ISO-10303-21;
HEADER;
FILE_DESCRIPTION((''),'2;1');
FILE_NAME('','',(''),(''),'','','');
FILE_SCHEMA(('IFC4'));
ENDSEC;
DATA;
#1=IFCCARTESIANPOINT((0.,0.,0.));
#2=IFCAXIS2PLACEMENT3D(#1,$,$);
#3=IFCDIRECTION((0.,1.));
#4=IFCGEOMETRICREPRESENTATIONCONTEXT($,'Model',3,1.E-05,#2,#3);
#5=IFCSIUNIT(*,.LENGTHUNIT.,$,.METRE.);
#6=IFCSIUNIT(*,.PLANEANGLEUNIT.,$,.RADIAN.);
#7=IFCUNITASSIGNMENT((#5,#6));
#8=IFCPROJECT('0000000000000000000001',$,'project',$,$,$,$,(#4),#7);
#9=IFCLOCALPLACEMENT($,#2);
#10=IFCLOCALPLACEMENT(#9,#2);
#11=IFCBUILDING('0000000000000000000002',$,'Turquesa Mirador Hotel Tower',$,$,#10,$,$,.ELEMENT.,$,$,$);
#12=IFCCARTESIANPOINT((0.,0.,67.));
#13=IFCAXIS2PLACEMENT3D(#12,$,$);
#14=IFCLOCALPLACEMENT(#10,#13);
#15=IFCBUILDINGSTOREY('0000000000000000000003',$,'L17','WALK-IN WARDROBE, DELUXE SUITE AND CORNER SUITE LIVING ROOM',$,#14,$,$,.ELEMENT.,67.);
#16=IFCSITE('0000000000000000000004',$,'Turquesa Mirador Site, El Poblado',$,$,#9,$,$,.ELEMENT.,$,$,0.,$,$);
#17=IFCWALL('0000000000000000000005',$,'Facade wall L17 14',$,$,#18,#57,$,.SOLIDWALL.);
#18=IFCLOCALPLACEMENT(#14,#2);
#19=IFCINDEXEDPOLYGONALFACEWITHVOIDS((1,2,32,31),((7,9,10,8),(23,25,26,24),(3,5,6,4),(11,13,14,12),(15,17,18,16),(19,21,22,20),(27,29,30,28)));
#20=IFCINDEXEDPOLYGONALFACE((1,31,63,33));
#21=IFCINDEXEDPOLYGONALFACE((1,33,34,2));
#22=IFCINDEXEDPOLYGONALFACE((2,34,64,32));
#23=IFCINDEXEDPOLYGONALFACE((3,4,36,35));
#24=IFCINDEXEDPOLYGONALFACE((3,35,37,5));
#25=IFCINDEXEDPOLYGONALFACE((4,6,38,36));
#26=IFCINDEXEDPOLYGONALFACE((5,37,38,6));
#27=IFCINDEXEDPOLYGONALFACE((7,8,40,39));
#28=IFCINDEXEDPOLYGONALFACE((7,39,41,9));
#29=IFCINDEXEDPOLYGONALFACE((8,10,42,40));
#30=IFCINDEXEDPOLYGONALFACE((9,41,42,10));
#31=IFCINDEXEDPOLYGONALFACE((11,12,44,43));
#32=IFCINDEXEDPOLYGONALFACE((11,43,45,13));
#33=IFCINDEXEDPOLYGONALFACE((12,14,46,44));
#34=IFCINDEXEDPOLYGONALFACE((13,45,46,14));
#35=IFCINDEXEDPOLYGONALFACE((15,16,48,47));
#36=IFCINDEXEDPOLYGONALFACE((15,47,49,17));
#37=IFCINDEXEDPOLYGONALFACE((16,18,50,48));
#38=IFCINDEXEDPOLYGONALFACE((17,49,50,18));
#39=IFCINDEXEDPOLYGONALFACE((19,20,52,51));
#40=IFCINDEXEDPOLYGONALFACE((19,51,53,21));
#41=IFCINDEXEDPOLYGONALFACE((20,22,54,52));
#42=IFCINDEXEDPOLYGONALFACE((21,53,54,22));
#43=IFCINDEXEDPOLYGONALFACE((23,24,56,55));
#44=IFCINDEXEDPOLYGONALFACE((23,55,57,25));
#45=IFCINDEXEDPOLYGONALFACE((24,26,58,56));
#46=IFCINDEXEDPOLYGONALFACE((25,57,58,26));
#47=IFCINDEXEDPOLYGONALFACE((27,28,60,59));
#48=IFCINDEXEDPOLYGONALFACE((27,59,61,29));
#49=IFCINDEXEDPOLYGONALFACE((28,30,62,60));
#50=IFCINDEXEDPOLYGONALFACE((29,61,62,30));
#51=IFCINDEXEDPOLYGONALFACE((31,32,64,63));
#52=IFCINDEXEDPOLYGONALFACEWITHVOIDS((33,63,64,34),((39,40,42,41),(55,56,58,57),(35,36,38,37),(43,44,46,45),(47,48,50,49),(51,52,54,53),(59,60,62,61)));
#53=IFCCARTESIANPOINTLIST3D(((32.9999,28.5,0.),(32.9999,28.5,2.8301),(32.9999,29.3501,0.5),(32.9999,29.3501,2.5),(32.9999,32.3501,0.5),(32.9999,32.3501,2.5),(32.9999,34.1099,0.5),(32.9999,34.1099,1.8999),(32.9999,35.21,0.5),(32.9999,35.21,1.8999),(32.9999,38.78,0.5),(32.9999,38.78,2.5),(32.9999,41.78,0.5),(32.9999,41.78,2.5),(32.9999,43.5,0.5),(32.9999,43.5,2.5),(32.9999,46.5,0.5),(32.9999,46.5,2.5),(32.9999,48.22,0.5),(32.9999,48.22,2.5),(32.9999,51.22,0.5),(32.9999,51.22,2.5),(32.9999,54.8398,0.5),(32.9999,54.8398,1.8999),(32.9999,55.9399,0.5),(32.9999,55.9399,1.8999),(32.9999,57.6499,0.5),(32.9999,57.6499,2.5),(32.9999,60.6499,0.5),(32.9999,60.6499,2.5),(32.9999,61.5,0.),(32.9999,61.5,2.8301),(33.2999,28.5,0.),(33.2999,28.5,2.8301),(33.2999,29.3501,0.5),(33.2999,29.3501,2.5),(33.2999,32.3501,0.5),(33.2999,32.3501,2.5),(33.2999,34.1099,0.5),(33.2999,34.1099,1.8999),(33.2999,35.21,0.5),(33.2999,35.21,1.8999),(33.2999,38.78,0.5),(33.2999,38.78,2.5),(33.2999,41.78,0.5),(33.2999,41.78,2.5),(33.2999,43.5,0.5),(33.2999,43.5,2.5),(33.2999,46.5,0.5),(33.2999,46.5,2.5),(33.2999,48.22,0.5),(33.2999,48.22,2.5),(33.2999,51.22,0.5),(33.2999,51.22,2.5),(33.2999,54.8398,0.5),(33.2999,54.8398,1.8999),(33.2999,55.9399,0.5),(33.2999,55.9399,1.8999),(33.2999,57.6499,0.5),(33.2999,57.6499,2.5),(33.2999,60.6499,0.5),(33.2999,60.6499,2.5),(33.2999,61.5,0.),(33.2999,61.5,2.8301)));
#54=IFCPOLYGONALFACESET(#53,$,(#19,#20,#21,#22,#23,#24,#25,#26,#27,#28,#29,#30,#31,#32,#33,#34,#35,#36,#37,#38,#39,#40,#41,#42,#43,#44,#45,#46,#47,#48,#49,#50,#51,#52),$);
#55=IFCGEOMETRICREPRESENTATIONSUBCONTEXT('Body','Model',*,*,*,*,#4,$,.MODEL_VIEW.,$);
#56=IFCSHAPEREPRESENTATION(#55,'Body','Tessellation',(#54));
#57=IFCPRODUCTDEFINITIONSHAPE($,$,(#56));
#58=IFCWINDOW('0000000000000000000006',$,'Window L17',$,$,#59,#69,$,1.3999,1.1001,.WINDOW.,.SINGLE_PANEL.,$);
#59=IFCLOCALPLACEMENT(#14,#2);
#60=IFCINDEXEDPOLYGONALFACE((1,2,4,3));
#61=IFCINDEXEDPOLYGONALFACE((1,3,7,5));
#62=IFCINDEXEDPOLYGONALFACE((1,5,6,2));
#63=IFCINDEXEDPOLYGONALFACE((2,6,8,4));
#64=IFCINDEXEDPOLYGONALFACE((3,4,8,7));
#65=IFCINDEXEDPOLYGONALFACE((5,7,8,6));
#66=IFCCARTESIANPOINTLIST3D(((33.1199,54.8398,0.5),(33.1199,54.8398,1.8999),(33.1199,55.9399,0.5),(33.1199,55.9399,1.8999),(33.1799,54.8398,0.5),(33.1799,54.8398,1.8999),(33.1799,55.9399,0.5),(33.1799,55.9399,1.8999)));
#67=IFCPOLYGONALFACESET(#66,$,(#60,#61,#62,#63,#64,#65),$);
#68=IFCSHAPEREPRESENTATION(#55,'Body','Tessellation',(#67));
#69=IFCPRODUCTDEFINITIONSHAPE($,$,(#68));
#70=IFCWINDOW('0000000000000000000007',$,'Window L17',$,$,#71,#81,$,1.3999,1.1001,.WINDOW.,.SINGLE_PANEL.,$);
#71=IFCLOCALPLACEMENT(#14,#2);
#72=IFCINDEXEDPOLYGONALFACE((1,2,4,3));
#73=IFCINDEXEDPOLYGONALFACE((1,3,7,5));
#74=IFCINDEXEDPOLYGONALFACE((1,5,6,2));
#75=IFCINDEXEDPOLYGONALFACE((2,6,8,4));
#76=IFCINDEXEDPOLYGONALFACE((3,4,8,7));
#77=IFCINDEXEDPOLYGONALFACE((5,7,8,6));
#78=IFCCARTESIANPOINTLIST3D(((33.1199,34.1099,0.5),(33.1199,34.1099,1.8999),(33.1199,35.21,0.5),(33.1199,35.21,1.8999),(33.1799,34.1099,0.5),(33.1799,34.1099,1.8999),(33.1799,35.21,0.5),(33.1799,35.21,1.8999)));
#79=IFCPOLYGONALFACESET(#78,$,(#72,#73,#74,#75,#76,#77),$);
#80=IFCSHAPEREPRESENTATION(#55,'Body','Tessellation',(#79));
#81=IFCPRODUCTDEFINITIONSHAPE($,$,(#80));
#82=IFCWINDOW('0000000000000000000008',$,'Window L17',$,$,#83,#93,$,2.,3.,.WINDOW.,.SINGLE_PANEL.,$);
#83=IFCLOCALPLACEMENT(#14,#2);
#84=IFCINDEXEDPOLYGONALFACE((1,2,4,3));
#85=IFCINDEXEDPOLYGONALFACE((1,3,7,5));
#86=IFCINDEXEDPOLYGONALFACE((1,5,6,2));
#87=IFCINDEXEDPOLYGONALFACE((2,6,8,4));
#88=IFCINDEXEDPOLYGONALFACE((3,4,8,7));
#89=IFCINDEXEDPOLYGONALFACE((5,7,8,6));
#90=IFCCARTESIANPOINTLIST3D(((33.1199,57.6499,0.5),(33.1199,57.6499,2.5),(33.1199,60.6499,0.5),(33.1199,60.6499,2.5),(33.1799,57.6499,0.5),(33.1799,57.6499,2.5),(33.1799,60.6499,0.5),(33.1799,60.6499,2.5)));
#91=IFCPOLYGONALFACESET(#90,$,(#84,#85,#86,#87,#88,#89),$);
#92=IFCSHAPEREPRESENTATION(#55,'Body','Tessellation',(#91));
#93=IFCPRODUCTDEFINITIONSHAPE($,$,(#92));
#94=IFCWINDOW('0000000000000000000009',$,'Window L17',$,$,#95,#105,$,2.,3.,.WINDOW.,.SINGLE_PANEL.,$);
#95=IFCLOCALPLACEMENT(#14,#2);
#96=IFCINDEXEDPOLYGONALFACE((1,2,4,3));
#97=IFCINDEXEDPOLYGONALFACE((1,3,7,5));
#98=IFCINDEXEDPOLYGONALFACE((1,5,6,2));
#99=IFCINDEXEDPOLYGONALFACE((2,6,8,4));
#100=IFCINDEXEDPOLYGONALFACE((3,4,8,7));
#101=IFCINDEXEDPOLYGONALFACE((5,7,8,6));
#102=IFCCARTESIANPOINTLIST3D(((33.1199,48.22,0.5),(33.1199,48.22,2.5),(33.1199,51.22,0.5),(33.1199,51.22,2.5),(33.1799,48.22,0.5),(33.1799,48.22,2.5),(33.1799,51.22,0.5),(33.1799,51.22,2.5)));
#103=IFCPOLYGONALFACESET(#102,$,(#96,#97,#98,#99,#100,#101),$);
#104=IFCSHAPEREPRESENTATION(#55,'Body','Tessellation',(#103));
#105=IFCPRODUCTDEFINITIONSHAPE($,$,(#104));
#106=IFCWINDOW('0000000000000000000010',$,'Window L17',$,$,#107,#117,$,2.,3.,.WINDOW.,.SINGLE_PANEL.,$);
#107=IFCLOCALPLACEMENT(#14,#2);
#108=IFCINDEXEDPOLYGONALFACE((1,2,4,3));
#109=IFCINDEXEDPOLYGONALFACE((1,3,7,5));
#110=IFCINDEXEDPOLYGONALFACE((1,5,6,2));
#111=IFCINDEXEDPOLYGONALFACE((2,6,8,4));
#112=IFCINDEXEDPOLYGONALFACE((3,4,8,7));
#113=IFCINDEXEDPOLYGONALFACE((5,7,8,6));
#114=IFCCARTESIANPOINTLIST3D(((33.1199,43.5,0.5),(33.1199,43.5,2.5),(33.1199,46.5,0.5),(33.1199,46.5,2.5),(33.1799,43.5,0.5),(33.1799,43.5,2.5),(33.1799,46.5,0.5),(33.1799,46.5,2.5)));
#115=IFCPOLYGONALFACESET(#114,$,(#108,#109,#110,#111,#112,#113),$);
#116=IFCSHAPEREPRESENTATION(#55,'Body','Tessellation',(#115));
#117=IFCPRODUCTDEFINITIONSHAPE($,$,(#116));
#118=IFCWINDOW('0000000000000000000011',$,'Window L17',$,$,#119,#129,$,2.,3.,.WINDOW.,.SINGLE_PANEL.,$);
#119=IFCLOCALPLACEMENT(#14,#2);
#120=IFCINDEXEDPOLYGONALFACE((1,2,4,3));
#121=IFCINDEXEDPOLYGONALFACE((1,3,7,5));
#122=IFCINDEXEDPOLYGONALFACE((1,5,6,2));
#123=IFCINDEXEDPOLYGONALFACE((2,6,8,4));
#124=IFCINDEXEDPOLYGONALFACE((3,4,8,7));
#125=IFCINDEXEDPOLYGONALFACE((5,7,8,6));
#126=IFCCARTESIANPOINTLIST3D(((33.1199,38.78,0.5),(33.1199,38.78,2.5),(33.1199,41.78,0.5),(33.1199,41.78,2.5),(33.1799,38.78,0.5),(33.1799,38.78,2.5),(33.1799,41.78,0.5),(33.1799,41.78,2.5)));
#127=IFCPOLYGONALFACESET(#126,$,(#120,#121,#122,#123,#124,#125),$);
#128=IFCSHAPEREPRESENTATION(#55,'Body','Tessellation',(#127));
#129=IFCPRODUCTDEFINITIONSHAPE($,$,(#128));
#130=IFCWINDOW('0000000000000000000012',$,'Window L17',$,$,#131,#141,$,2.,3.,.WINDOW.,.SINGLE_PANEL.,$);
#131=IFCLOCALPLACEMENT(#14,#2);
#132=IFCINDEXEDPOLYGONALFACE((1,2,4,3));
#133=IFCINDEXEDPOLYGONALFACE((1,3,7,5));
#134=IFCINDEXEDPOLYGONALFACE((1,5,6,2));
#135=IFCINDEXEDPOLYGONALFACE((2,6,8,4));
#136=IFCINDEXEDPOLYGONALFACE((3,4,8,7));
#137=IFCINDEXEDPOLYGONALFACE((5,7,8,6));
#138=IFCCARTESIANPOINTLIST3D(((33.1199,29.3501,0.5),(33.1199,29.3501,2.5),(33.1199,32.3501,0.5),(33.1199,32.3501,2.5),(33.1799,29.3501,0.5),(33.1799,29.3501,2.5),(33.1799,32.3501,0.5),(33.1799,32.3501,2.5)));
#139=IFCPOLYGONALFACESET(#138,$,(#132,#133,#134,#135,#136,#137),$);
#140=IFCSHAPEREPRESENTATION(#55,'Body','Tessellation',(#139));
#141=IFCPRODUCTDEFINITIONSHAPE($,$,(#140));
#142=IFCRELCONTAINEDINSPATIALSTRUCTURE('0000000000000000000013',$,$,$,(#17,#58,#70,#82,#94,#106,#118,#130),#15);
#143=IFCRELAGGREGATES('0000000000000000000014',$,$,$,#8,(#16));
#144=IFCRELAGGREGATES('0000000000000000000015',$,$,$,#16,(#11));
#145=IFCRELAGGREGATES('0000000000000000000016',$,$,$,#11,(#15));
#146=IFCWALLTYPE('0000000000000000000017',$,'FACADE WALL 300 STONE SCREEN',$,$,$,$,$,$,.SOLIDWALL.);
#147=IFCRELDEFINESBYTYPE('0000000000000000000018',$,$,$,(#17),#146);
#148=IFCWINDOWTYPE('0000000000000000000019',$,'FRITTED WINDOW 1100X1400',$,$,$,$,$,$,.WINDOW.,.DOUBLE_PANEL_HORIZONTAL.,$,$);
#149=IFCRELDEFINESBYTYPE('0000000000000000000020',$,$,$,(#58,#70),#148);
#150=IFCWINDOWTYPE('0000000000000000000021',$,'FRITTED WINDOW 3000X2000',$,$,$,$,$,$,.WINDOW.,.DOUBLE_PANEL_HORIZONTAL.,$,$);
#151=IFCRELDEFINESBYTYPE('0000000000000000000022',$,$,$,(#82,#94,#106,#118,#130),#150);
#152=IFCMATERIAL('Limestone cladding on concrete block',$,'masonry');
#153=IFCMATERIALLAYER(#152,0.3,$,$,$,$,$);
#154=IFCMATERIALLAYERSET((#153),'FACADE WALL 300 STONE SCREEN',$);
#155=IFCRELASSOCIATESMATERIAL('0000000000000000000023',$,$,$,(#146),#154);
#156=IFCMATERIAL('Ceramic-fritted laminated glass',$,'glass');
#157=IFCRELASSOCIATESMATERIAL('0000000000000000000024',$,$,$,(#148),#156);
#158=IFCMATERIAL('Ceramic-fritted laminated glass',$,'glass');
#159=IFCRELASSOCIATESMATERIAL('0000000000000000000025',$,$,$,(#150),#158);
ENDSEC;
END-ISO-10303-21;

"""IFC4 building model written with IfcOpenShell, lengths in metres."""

from ifc_helpers import new_model, si_unit, direction, frame, frame_2d, origin, place, context, subcontext, project, spatial, rectangle, extrude, material, layer, layer_set, type_object, element, fill, save


model = new_model("IFC4")

# Units and contexts
model_context = context("Model", 3, precision=1e-05, world=origin(), true_north=direction((0.0, 1.0)))
body_context = subcontext(model_context, "Body", "Model", "MODEL_VIEW")
ifc_project = project(units=[si_unit("LENGTHUNIT", "METRE"), si_unit("PLANEANGLEUNIT", "RADIAN")], contexts=[model_context])

# Site, building, storey
site_placement = place(None, origin())
site = spatial("IfcSite", under=ifc_project, at=site_placement, Name="Turquesa Mirador Site, El Poblado", CompositionType="ELEMENT", RefElevation=0.0)
building_placement = place(site_placement, origin())
building = spatial("IfcBuilding", under=site, at=building_placement, Name="Turquesa Mirador Hotel Tower", CompositionType="ELEMENT")
storey_placement = place(building_placement, frame((0.0, 0.0, 67.0)))
storey = spatial("IfcBuildingStorey", under=building, at=storey_placement, Name="L17", Description="WALK-IN WARDROBE, DELUXE SUITE AND CORNER SUITE LIVING ROOM", CompositionType="ELEMENT", Elevation=67.0)

# Shared definitions
ifc_material_1 = material(Name="Limestone cladding on concrete block", Category="masonry")
ifc_layer_1 = layer(ifc_material_1, 0.3)
ifc_layer_set_1 = layer_set([ifc_layer_1], Name="FACADE WALL 300 STONE SCREEN")
wall_type_1 = type_object("IfcWallType", Name="FACADE WALL 300 STONE SCREEN", PredefinedType="SOLIDWALL", material=ifc_layer_set_1)

# Wall, openings, windows
wall_1_placement = place(storey_placement, frame((33.1499, 61.5, 0.0), z_axis=(0.0, 0.0, 1.0), x_axis=(0.0, -1.0, 0.0)))
wall_1 = element("IfcWall", 1, at=wall_1_placement, inside=storey, type_object=wall_type_1, Name="Facade wall L17 14", PredefinedType="SOLIDWALL", context=body_context, shape_type="SweptSolid", body=[
    extrude(rectangle(XDim=33.0, YDim=0.3, at=frame_2d((16.5, 0.0))), origin(), (0.0, 0.0, 1.0), 2.8301),
])
opening_1_placement = place(wall_1_placement, frame((0.8501, 0.0, 0.5)))
opening_1 = element("IfcOpeningElement", 2, at=opening_1_placement, cuts=wall_1, PredefinedType="OPENING", context=body_context, shape_type="SweptSolid", body=[
    extrude(rectangle(XDim=3.0, YDim=2.0, at=frame_2d((1.5, 1.0))), frame((0.0, 0.1599, 0.0), z_axis=(0.0, -1.0, 0.0), x_axis=(1.0, 0.0, 0.0)), (0.0, 0.0, 1.0), 0.3201),
])
opening_2_placement = place(wall_1_placement, frame((5.5601, 0.0, 0.5)))
opening_2 = element("IfcOpeningElement", 3, at=opening_2_placement, cuts=wall_1, PredefinedType="OPENING", context=body_context, shape_type="SweptSolid", body=[
    extrude(rectangle(XDim=1.1001, YDim=1.3999, at=frame_2d((0.55, 0.7))), frame((0.0, 0.1599, 0.0), z_axis=(0.0, -1.0, 0.0), x_axis=(1.0, 0.0, 0.0)), (0.0, 0.0, 1.0), 0.3201),
])
opening_3_placement = place(wall_1_placement, frame((10.28, 0.0, 0.5)))
opening_3 = element("IfcOpeningElement", 4, at=opening_3_placement, cuts=wall_1, PredefinedType="OPENING", context=body_context, shape_type="SweptSolid", body=[
    extrude(rectangle(XDim=3.0, YDim=2.0, at=frame_2d((1.5, 1.0))), frame((0.0, 0.1599, 0.0), z_axis=(0.0, -1.0, 0.0), x_axis=(1.0, 0.0, 0.0)), (0.0, 0.0, 1.0), 0.3201),
])
opening_4_placement = place(wall_1_placement, frame((15.0, 0.0, 0.5)))
opening_4 = element("IfcOpeningElement", 5, at=opening_4_placement, cuts=wall_1, PredefinedType="OPENING", context=body_context, shape_type="SweptSolid", body=[
    extrude(rectangle(XDim=3.0, YDim=2.0, at=frame_2d((1.5, 1.0))), frame((0.0, 0.1599, 0.0), z_axis=(0.0, -1.0, 0.0), x_axis=(1.0, 0.0, 0.0)), (0.0, 0.0, 1.0), 0.3201),
])
opening_5_placement = place(wall_1_placement, frame((19.72, 0.0, 0.5)))
opening_5 = element("IfcOpeningElement", 6, at=opening_5_placement, cuts=wall_1, PredefinedType="OPENING", context=body_context, shape_type="SweptSolid", body=[
    extrude(rectangle(XDim=3.0, YDim=2.0, at=frame_2d((1.5, 1.0))), frame((0.0, 0.1599, 0.0), z_axis=(0.0, -1.0, 0.0), x_axis=(1.0, 0.0, 0.0)), (0.0, 0.0, 1.0), 0.3201),
])
opening_6_placement = place(wall_1_placement, frame((26.29, 0.0, 0.5)))
opening_6 = element("IfcOpeningElement", 7, at=opening_6_placement, cuts=wall_1, PredefinedType="OPENING", context=body_context, shape_type="SweptSolid", body=[
    extrude(rectangle(XDim=1.1001, YDim=1.3999, at=frame_2d((0.55, 0.7))), frame((0.0, 0.1599, 0.0), z_axis=(0.0, -1.0, 0.0), x_axis=(1.0, 0.0, 0.0)), (0.0, 0.0, 1.0), 0.3201),
])
opening_7_placement = place(wall_1_placement, frame((29.1499, 0.0, 0.5)))
opening_7 = element("IfcOpeningElement", 8, at=opening_7_placement, cuts=wall_1, PredefinedType="OPENING", context=body_context, shape_type="SweptSolid", body=[
    extrude(rectangle(XDim=3.0, YDim=2.0, at=frame_2d((1.5, 1.0))), frame((0.0, 0.1599, 0.0), z_axis=(0.0, -1.0, 0.0), x_axis=(1.0, 0.0, 0.0)), (0.0, 0.0, 1.0), 0.3201),
])
ifc_material_2 = material(Name="Ceramic-fritted laminated glass", Category="glass")
window_type_1 = type_object("IfcWindowType", Name="FRITTED WINDOW 1100X1400", PartitioningType="DOUBLE_PANEL_HORIZONTAL", PredefinedType="WINDOW", material=ifc_material_2)
window_1_placement = place(opening_2_placement, origin())
window_1 = element("IfcWindow", 9, at=window_1_placement, inside=storey, type_object=window_type_1, Name="Window L17", OverallHeight=1.3999, OverallWidth=1.1001, PartitioningType="SINGLE_PANEL", PredefinedType="WINDOW", context=body_context, shape_type="SweptSolid", body=[
    extrude(rectangle(XDim=1.1001, YDim=1.3999, at=frame_2d((0.55, 0.7))), frame((0.0, 0.03, 0.0), z_axis=(0.0, -1.0, 0.0), x_axis=(1.0, 0.0, 0.0)), (0.0, 0.0, 1.0), 0.0601),
])
fill(opening_2, window_1)
window_2_placement = place(opening_6_placement, origin())
window_2 = element("IfcWindow", 10, at=window_2_placement, inside=storey, type_object=window_type_1, Name="Window L17", OverallHeight=1.3999, OverallWidth=1.1001, PartitioningType="SINGLE_PANEL", PredefinedType="WINDOW", context=body_context, shape_type="SweptSolid", body=[
    extrude(rectangle(XDim=1.1001, YDim=1.3999, at=frame_2d((0.55, 0.7))), frame((0.0, 0.03, 0.0), z_axis=(0.0, -1.0, 0.0), x_axis=(1.0, 0.0, 0.0)), (0.0, 0.0, 1.0), 0.0601),
])
fill(opening_6, window_2)
ifc_material_3 = material(Name="Ceramic-fritted laminated glass", Category="glass")
window_type_2 = type_object("IfcWindowType", Name="FRITTED WINDOW 3000X2000", PartitioningType="DOUBLE_PANEL_HORIZONTAL", PredefinedType="WINDOW", material=ifc_material_3)
window_3_placement = place(opening_1_placement, origin())
window_3 = element("IfcWindow", 11, at=window_3_placement, inside=storey, type_object=window_type_2, Name="Window L17", OverallHeight=2.0, OverallWidth=3.0, PartitioningType="SINGLE_PANEL", PredefinedType="WINDOW", context=body_context, shape_type="SweptSolid", body=[
    extrude(rectangle(XDim=3.0, YDim=2.0, at=frame_2d((1.5, 1.0))), frame((0.0, 0.03, 0.0), z_axis=(0.0, -1.0, 0.0), x_axis=(1.0, 0.0, 0.0)), (0.0, 0.0, 1.0), 0.0601),
])
fill(opening_1, window_3)
window_4_placement = place(opening_3_placement, origin())
window_4 = element("IfcWindow", 12, at=window_4_placement, inside=storey, type_object=window_type_2, Name="Window L17", OverallHeight=2.0, OverallWidth=3.0, PartitioningType="SINGLE_PANEL", PredefinedType="WINDOW", context=body_context, shape_type="SweptSolid", body=[
    extrude(rectangle(XDim=3.0, YDim=2.0, at=frame_2d((1.5, 1.0))), frame((0.0, 0.03, 0.0), z_axis=(0.0, -1.0, 0.0), x_axis=(1.0, 0.0, 0.0)), (0.0, 0.0, 1.0), 0.0601),
])
fill(opening_3, window_4)
window_5_placement = place(opening_4_placement, origin())
window_5 = element("IfcWindow", 13, at=window_5_placement, inside=storey, type_object=window_type_2, Name="Window L17", OverallHeight=2.0, OverallWidth=3.0, PartitioningType="SINGLE_PANEL", PredefinedType="WINDOW", context=body_context, shape_type="SweptSolid", body=[
    extrude(rectangle(XDim=3.0, YDim=2.0, at=frame_2d((1.5, 1.0))), frame((0.0, 0.03, 0.0), z_axis=(0.0, -1.0, 0.0), x_axis=(1.0, 0.0, 0.0)), (0.0, 0.0, 1.0), 0.0601),
])
fill(opening_4, window_5)
window_6_placement = place(opening_5_placement, origin())
window_6 = element("IfcWindow", 14, at=window_6_placement, inside=storey, type_object=window_type_2, Name="Window L17", OverallHeight=2.0, OverallWidth=3.0, PartitioningType="SINGLE_PANEL", PredefinedType="WINDOW", context=body_context, shape_type="SweptSolid", body=[
    extrude(rectangle(XDim=3.0, YDim=2.0, at=frame_2d((1.5, 1.0))), frame((0.0, 0.03, 0.0), z_axis=(0.0, -1.0, 0.0), x_axis=(1.0, 0.0, 0.0)), (0.0, 0.0, 1.0), 0.0601),
])
fill(opening_5, window_6)
window_7_placement = place(opening_7_placement, origin())
window_7 = element("IfcWindow", 15, at=window_7_placement, inside=storey, type_object=window_type_2, Name="Window L17", OverallHeight=2.0, OverallWidth=3.0, PartitioningType="SINGLE_PANEL", PredefinedType="WINDOW", context=body_context, shape_type="SweptSolid", body=[
    extrude(rectangle(XDim=3.0, YDim=2.0, at=frame_2d((1.5, 1.0))), frame((0.0, 0.03, 0.0), z_axis=(0.0, -1.0, 0.0), x_axis=(1.0, 0.0, 0.0)), (0.0, 0.0, 1.0), 0.0601),
])
fill(opening_7, window_7)

save(model, "model.ifc")
